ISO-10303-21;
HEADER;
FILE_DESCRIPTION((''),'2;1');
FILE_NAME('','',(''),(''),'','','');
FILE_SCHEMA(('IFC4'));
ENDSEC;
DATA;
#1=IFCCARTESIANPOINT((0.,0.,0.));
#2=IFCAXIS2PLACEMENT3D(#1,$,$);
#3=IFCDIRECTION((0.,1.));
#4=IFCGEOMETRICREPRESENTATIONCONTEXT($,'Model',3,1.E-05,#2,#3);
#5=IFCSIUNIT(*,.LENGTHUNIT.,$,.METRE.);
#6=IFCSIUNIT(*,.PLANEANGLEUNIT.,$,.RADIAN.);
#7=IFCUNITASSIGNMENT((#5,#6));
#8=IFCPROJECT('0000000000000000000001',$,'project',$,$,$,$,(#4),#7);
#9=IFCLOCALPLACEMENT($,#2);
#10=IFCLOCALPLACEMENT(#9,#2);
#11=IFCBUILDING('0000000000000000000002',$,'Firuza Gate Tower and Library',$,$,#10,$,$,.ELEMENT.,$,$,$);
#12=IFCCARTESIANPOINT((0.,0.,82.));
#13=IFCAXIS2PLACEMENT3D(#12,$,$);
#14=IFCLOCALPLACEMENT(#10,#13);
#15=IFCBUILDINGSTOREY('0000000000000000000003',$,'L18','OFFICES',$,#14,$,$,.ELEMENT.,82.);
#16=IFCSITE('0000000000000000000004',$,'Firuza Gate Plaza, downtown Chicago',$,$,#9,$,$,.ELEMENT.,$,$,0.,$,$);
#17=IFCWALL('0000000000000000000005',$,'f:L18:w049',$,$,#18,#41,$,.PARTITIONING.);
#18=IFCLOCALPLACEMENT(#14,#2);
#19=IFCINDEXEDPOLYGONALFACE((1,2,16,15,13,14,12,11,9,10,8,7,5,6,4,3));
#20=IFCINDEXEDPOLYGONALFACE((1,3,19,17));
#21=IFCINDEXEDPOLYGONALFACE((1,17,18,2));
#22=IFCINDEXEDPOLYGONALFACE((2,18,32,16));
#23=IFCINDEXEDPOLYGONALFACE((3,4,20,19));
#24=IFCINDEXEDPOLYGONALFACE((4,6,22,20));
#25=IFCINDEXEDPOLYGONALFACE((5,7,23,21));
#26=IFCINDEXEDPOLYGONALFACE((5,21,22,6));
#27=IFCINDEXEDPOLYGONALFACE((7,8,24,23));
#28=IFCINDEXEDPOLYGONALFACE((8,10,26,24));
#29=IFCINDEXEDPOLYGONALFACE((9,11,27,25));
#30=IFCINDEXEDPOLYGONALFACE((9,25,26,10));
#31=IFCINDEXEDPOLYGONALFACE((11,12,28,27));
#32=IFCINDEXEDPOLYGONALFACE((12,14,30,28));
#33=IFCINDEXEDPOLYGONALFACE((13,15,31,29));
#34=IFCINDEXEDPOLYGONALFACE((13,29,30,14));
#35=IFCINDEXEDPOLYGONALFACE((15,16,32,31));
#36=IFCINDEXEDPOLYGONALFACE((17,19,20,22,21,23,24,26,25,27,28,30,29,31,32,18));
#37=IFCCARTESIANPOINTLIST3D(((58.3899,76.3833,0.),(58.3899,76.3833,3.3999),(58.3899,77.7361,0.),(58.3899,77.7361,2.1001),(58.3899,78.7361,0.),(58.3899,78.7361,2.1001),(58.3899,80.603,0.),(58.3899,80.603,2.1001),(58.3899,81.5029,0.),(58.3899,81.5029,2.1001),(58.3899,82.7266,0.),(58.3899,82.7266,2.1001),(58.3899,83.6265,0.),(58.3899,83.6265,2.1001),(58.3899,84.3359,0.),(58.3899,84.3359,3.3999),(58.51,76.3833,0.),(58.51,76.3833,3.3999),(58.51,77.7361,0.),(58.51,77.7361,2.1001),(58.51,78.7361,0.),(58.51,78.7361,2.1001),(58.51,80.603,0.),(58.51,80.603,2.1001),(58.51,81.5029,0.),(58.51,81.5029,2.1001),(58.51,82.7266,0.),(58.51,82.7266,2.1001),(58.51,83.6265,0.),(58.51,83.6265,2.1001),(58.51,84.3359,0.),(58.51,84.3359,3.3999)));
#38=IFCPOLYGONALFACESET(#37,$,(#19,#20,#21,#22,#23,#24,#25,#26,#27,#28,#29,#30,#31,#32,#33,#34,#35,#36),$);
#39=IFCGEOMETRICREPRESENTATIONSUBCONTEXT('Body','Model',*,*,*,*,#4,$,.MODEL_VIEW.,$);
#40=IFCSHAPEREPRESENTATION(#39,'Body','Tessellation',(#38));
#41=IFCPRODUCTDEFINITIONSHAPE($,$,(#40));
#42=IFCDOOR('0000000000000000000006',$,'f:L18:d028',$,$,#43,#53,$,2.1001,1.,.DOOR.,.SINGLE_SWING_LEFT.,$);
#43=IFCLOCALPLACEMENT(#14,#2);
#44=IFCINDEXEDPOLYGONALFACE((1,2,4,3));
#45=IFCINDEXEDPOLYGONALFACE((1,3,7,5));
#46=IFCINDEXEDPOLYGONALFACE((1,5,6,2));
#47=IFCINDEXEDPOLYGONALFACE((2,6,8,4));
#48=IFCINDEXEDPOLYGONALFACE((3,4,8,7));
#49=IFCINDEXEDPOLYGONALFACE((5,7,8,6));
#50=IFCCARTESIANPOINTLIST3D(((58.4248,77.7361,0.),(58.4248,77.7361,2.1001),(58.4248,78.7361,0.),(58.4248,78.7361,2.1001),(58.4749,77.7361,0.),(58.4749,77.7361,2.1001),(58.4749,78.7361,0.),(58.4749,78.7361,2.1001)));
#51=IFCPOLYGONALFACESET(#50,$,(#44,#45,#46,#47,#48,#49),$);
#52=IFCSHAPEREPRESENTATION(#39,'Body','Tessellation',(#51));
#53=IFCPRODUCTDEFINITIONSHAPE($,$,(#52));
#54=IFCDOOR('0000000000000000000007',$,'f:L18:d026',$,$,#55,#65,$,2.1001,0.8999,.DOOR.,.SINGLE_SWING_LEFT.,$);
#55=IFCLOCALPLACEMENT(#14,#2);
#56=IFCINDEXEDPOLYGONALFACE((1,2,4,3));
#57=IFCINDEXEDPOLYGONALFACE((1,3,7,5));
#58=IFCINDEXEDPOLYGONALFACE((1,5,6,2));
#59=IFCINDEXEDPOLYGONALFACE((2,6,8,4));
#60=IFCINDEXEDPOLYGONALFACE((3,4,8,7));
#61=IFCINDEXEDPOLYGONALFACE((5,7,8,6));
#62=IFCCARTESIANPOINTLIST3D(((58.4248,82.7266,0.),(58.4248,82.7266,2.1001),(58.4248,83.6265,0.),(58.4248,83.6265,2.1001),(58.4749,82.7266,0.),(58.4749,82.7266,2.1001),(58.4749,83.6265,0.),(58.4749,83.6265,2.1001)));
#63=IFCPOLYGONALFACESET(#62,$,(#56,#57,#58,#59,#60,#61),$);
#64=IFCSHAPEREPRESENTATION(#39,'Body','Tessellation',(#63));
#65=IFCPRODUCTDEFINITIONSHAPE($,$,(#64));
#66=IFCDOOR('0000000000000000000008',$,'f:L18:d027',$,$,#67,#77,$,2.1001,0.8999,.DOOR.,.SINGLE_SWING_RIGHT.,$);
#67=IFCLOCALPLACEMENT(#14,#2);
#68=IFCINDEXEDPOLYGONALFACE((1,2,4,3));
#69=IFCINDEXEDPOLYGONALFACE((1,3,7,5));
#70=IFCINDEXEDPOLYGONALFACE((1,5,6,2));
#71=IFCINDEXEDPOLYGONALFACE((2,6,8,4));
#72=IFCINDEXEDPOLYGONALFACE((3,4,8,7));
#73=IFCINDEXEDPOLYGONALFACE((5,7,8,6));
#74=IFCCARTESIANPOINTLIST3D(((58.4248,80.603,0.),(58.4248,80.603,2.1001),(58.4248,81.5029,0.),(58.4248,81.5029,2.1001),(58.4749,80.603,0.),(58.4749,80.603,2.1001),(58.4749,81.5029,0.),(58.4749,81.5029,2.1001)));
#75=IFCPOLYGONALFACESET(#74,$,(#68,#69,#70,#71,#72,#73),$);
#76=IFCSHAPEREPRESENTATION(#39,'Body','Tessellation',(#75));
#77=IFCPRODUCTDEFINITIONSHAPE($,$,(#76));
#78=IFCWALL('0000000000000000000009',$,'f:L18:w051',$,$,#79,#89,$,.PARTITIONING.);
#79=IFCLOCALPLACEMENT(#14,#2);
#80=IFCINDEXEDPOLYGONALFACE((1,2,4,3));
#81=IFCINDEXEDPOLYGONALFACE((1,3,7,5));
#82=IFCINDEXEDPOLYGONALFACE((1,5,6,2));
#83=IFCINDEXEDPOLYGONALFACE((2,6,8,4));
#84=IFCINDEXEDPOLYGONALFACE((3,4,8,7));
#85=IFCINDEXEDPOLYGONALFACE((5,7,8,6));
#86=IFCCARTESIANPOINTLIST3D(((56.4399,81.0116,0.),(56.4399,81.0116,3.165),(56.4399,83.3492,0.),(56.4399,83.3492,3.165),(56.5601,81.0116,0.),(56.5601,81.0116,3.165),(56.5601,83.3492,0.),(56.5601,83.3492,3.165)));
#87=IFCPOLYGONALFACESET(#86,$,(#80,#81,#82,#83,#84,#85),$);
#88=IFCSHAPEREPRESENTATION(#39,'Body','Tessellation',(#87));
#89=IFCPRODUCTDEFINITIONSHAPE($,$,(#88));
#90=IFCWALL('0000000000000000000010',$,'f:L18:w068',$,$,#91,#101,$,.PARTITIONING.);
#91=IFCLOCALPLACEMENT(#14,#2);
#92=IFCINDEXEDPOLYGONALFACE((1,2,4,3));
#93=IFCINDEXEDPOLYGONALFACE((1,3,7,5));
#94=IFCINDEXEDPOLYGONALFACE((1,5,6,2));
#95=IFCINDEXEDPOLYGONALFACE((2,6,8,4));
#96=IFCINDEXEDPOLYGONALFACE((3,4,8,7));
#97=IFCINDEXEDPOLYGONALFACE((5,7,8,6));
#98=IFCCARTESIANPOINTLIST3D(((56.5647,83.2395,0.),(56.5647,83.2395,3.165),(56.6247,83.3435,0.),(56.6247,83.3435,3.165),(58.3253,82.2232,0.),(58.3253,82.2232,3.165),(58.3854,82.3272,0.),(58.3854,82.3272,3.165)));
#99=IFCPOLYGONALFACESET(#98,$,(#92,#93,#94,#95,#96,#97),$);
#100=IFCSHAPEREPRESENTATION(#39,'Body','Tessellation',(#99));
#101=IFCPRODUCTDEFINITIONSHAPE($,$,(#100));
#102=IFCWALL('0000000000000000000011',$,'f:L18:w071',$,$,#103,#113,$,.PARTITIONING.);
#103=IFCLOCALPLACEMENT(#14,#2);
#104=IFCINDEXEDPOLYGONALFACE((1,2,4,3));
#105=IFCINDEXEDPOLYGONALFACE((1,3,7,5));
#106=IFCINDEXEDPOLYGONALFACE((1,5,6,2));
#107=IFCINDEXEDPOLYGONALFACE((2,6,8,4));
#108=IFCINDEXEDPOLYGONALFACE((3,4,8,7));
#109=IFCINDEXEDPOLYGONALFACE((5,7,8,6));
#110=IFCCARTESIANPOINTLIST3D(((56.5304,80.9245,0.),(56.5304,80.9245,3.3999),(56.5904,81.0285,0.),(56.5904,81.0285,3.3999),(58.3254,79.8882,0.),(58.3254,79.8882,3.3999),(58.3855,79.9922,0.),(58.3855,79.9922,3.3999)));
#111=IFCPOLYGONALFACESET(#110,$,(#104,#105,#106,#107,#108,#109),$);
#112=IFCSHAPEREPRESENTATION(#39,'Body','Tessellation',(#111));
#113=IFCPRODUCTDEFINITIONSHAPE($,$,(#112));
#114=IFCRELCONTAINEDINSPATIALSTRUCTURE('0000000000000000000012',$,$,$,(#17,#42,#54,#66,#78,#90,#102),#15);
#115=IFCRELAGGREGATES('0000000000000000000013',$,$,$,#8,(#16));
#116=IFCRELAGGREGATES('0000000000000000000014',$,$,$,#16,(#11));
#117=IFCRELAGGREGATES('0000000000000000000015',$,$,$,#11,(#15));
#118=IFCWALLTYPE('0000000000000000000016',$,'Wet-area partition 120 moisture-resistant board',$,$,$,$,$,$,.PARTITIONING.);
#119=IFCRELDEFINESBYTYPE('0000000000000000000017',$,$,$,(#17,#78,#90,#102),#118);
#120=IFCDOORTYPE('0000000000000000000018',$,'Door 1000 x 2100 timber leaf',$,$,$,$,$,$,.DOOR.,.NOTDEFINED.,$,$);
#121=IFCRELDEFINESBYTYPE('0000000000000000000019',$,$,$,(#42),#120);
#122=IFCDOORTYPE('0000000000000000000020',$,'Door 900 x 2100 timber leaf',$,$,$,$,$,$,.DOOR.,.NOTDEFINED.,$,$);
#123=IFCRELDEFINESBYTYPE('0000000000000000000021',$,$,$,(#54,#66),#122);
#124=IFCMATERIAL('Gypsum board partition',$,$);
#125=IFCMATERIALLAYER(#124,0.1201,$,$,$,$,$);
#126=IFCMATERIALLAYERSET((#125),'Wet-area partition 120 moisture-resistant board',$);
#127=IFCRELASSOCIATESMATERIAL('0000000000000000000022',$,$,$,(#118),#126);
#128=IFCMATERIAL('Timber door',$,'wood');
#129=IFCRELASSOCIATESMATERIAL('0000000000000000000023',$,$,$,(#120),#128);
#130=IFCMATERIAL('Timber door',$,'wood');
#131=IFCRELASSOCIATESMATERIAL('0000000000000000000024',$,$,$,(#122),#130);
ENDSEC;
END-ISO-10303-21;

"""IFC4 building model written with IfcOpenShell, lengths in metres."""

from ifc_helpers import new_model, si_unit, direction, frame, frame_2d, origin, place, context, subcontext, project, spatial, rectangle, extrude, material, layer, layer_set, type_object, element, fill, save


model = new_model("IFC4")

# Units and contexts
model_context = context("Model", 3, precision=1e-05, world=origin(), true_north=direction((0.0, 1.0)))
body_context = subcontext(model_context, "Body", "Model", "MODEL_VIEW")
ifc_project = project(units=[si_unit("LENGTHUNIT", "METRE"), si_unit("PLANEANGLEUNIT", "RADIAN")], contexts=[model_context])

# Site, building, storey
site_placement = place(None, origin())
site = spatial("IfcSite", under=ifc_project, at=site_placement, Name="Firuza Gate Plaza, downtown Chicago", CompositionType="ELEMENT", RefElevation=0.0)
building_placement = place(site_placement, origin())
building = spatial("IfcBuilding", under=site, at=building_placement, Name="Firuza Gate Tower and Library", CompositionType="ELEMENT")
storey_placement = place(building_placement, frame((0.0, 0.0, 82.0)))
storey = spatial("IfcBuildingStorey", under=building, at=storey_placement, Name="L18", Description="OFFICES", CompositionType="ELEMENT", Elevation=82.0)

# Wall, openings, doors
ifc_material_1 = material(Name="Gypsum board partition")
ifc_layer_1 = layer(ifc_material_1, 0.1201)
ifc_layer_set_1 = layer_set([ifc_layer_1], Name="Wet-area partition 120 moisture-resistant board")
wall_type_1 = type_object("IfcWallType", Name="Wet-area partition 120 moisture-resistant board", PredefinedType="PARTITIONING", material=ifc_layer_set_1)
wall_1_placement = place(storey_placement, frame((58.45, 84.3359, 0.0), z_axis=(0.0, 0.0, 1.0), x_axis=(0.0, -1.0, 0.0)))
wall_1 = element("IfcWall", 1, at=wall_1_placement, inside=storey, type_object=wall_type_1, Name="f:L18:w049", PredefinedType="PARTITIONING", context=body_context, shape_type="SweptSolid", body=[
    extrude(rectangle(XDim=7.9526, YDim=0.1201, at=frame_2d((3.9763, 0.0))), origin(), (0.0, 0.0, 1.0), 3.3999),
])
opening_1_placement = place(wall_1_placement, frame((0.7095, 0.0, 0.0)))
opening_1 = element("IfcOpeningElement", 2, at=opening_1_placement, cuts=wall_1, PredefinedType="OPENING", context=body_context, shape_type="SweptSolid", body=[
    extrude(rectangle(XDim=0.8999, YDim=2.1001, at=frame_2d((0.45, 1.05))), frame((0.0, 0.0701, 0.0), z_axis=(0.0, -1.0, 0.0), x_axis=(1.0, 0.0, 0.0)), (0.0, 0.0, 1.0), 0.1401),
])
opening_2_placement = place(wall_1_placement, frame((2.833, 0.0, 0.0)))
opening_2 = element("IfcOpeningElement", 3, at=opening_2_placement, cuts=wall_1, PredefinedType="OPENING", context=body_context, shape_type="SweptSolid", body=[
    extrude(rectangle(XDim=0.8999, YDim=2.1001, at=frame_2d((0.45, 1.05))), frame((0.0, 0.0701, 0.0), z_axis=(0.0, -1.0, 0.0), x_axis=(1.0, 0.0, 0.0)), (0.0, 0.0, 1.0), 0.1401),
])
opening_3_placement = place(wall_1_placement, frame((5.5999, 0.0, 0.0)))
opening_3 = element("IfcOpeningElement", 4, at=opening_3_placement, cuts=wall_1, PredefinedType="OPENING", context=body_context, shape_type="SweptSolid", body=[
    extrude(rectangle(XDim=1.0, YDim=2.1001, at=frame_2d((0.5, 1.05))), frame((0.0, 0.0701, 0.0), z_axis=(0.0, -1.0, 0.0), x_axis=(1.0, 0.0, 0.0)), (0.0, 0.0, 1.0), 0.1401),
])
ifc_material_2 = material(Name="Timber door", Category="wood")
door_type_1 = type_object("IfcDoorType", Name="Door 1000 x 2100 timber leaf", OperationType="NOTDEFINED", PredefinedType="DOOR", material=ifc_material_2)
door_1_placement = place(opening_3_placement, origin())
door_1 = element("IfcDoor", 5, at=door_1_placement, inside=storey, type_object=door_type_1, Name="f:L18:d028", OperationType="SINGLE_SWING_LEFT", OverallHeight=2.1001, OverallWidth=1.0, PredefinedType="DOOR", context=body_context, shape_type="SweptSolid", body=[
    extrude(rectangle(XDim=1.0, YDim=2.1001, at=frame_2d((0.5, 1.05))), frame((0.0, 0.0249, 0.0), z_axis=(0.0, -1.0, 0.0), x_axis=(1.0, 0.0, 0.0)), (0.0, 0.0, 1.0), 0.05),
])
fill(opening_3, door_1)
ifc_material_3 = material(Name="Timber door", Category="wood")
door_type_2 = type_object("IfcDoorType", Name="Door 900 x 2100 timber leaf", OperationType="NOTDEFINED", PredefinedType="DOOR", material=ifc_material_3)
door_2_placement = place(opening_1_placement, origin())
door_2 = element("IfcDoor", 6, at=door_2_placement, inside=storey, type_object=door_type_2, Name="f:L18:d026", OperationType="SINGLE_SWING_LEFT", OverallHeight=2.1001, OverallWidth=0.8999, PredefinedType="DOOR", context=body_context, shape_type="SweptSolid", body=[
    extrude(rectangle(XDim=0.8999, YDim=2.1001, at=frame_2d((0.45, 1.05))), frame((0.0, 0.0249, 0.0), z_axis=(0.0, -1.0, 0.0), x_axis=(1.0, 0.0, 0.0)), (0.0, 0.0, 1.0), 0.05),
])
fill(opening_1, door_2)
door_3_placement = place(opening_2_placement, origin())
door_3 = element("IfcDoor", 7, at=door_3_placement, inside=storey, type_object=door_type_2, Name="f:L18:d027", OperationType="SINGLE_SWING_RIGHT", OverallHeight=2.1001, OverallWidth=0.8999, PredefinedType="DOOR", context=body_context, shape_type="SweptSolid", body=[
    extrude(rectangle(XDim=0.8999, YDim=2.1001, at=frame_2d((0.45, 1.05))), frame((0.0, 0.0249, 0.0), z_axis=(0.0, -1.0, 0.0), x_axis=(1.0, 0.0, 0.0)), (0.0, 0.0, 1.0), 0.05),
])
fill(opening_2, door_3)

# Walls
wall_2_placement = place(storey_placement, frame((56.5, 81.0115, 0.0), z_axis=(0.0, 0.0, 1.0), x_axis=(0.0, 1.0, 0.0)))
element("IfcWall", 8, at=wall_2_placement, inside=storey, type_object=wall_type_1, Name="f:L18:w051", PredefinedType="PARTITIONING", context=body_context, shape_type="SweptSolid", body=[
    extrude(rectangle(XDim=2.3376, YDim=0.1201, at=frame_2d((1.1689, 0.0))), origin(), (0.0, 0.0, 1.0), 3.165),
])
wall_3_placement = place(storey_placement, frame((58.3555, 82.2751, 0.0), z_axis=(0.0, 0.0, 1.0), x_axis=(-0.86607, 0.499923, 0.0)))
element("IfcWall", 9, at=wall_3_placement, inside=storey, type_object=wall_type_1, Name="f:L18:w068", PredefinedType="PARTITIONING", context=body_context, shape_type="SweptSolid", body=[
    extrude(rectangle(XDim=2.033, YDim=0.1201, at=frame_2d((1.0166, 0.0))), origin(), (0.0, 0.0, 1.0), 3.165),
])
wall_4_placement = place(storey_placement, frame((58.3555, 79.9402, 0.0), z_axis=(0.0, 0.0, 1.0), x_axis=(-0.866038, 0.499977, 0.0)))
element("IfcWall", 10, at=wall_4_placement, inside=storey, type_object=wall_type_1, Name="f:L18:w071", PredefinedType="PARTITIONING", context=body_context, shape_type="SweptSolid", body=[
    extrude(rectangle(XDim=2.0728, YDim=0.1201, at=frame_2d((1.0364, 0.0))), origin(), (0.0, 0.0, 1.0), 3.3999),
])

save(model, "model.ifc")
